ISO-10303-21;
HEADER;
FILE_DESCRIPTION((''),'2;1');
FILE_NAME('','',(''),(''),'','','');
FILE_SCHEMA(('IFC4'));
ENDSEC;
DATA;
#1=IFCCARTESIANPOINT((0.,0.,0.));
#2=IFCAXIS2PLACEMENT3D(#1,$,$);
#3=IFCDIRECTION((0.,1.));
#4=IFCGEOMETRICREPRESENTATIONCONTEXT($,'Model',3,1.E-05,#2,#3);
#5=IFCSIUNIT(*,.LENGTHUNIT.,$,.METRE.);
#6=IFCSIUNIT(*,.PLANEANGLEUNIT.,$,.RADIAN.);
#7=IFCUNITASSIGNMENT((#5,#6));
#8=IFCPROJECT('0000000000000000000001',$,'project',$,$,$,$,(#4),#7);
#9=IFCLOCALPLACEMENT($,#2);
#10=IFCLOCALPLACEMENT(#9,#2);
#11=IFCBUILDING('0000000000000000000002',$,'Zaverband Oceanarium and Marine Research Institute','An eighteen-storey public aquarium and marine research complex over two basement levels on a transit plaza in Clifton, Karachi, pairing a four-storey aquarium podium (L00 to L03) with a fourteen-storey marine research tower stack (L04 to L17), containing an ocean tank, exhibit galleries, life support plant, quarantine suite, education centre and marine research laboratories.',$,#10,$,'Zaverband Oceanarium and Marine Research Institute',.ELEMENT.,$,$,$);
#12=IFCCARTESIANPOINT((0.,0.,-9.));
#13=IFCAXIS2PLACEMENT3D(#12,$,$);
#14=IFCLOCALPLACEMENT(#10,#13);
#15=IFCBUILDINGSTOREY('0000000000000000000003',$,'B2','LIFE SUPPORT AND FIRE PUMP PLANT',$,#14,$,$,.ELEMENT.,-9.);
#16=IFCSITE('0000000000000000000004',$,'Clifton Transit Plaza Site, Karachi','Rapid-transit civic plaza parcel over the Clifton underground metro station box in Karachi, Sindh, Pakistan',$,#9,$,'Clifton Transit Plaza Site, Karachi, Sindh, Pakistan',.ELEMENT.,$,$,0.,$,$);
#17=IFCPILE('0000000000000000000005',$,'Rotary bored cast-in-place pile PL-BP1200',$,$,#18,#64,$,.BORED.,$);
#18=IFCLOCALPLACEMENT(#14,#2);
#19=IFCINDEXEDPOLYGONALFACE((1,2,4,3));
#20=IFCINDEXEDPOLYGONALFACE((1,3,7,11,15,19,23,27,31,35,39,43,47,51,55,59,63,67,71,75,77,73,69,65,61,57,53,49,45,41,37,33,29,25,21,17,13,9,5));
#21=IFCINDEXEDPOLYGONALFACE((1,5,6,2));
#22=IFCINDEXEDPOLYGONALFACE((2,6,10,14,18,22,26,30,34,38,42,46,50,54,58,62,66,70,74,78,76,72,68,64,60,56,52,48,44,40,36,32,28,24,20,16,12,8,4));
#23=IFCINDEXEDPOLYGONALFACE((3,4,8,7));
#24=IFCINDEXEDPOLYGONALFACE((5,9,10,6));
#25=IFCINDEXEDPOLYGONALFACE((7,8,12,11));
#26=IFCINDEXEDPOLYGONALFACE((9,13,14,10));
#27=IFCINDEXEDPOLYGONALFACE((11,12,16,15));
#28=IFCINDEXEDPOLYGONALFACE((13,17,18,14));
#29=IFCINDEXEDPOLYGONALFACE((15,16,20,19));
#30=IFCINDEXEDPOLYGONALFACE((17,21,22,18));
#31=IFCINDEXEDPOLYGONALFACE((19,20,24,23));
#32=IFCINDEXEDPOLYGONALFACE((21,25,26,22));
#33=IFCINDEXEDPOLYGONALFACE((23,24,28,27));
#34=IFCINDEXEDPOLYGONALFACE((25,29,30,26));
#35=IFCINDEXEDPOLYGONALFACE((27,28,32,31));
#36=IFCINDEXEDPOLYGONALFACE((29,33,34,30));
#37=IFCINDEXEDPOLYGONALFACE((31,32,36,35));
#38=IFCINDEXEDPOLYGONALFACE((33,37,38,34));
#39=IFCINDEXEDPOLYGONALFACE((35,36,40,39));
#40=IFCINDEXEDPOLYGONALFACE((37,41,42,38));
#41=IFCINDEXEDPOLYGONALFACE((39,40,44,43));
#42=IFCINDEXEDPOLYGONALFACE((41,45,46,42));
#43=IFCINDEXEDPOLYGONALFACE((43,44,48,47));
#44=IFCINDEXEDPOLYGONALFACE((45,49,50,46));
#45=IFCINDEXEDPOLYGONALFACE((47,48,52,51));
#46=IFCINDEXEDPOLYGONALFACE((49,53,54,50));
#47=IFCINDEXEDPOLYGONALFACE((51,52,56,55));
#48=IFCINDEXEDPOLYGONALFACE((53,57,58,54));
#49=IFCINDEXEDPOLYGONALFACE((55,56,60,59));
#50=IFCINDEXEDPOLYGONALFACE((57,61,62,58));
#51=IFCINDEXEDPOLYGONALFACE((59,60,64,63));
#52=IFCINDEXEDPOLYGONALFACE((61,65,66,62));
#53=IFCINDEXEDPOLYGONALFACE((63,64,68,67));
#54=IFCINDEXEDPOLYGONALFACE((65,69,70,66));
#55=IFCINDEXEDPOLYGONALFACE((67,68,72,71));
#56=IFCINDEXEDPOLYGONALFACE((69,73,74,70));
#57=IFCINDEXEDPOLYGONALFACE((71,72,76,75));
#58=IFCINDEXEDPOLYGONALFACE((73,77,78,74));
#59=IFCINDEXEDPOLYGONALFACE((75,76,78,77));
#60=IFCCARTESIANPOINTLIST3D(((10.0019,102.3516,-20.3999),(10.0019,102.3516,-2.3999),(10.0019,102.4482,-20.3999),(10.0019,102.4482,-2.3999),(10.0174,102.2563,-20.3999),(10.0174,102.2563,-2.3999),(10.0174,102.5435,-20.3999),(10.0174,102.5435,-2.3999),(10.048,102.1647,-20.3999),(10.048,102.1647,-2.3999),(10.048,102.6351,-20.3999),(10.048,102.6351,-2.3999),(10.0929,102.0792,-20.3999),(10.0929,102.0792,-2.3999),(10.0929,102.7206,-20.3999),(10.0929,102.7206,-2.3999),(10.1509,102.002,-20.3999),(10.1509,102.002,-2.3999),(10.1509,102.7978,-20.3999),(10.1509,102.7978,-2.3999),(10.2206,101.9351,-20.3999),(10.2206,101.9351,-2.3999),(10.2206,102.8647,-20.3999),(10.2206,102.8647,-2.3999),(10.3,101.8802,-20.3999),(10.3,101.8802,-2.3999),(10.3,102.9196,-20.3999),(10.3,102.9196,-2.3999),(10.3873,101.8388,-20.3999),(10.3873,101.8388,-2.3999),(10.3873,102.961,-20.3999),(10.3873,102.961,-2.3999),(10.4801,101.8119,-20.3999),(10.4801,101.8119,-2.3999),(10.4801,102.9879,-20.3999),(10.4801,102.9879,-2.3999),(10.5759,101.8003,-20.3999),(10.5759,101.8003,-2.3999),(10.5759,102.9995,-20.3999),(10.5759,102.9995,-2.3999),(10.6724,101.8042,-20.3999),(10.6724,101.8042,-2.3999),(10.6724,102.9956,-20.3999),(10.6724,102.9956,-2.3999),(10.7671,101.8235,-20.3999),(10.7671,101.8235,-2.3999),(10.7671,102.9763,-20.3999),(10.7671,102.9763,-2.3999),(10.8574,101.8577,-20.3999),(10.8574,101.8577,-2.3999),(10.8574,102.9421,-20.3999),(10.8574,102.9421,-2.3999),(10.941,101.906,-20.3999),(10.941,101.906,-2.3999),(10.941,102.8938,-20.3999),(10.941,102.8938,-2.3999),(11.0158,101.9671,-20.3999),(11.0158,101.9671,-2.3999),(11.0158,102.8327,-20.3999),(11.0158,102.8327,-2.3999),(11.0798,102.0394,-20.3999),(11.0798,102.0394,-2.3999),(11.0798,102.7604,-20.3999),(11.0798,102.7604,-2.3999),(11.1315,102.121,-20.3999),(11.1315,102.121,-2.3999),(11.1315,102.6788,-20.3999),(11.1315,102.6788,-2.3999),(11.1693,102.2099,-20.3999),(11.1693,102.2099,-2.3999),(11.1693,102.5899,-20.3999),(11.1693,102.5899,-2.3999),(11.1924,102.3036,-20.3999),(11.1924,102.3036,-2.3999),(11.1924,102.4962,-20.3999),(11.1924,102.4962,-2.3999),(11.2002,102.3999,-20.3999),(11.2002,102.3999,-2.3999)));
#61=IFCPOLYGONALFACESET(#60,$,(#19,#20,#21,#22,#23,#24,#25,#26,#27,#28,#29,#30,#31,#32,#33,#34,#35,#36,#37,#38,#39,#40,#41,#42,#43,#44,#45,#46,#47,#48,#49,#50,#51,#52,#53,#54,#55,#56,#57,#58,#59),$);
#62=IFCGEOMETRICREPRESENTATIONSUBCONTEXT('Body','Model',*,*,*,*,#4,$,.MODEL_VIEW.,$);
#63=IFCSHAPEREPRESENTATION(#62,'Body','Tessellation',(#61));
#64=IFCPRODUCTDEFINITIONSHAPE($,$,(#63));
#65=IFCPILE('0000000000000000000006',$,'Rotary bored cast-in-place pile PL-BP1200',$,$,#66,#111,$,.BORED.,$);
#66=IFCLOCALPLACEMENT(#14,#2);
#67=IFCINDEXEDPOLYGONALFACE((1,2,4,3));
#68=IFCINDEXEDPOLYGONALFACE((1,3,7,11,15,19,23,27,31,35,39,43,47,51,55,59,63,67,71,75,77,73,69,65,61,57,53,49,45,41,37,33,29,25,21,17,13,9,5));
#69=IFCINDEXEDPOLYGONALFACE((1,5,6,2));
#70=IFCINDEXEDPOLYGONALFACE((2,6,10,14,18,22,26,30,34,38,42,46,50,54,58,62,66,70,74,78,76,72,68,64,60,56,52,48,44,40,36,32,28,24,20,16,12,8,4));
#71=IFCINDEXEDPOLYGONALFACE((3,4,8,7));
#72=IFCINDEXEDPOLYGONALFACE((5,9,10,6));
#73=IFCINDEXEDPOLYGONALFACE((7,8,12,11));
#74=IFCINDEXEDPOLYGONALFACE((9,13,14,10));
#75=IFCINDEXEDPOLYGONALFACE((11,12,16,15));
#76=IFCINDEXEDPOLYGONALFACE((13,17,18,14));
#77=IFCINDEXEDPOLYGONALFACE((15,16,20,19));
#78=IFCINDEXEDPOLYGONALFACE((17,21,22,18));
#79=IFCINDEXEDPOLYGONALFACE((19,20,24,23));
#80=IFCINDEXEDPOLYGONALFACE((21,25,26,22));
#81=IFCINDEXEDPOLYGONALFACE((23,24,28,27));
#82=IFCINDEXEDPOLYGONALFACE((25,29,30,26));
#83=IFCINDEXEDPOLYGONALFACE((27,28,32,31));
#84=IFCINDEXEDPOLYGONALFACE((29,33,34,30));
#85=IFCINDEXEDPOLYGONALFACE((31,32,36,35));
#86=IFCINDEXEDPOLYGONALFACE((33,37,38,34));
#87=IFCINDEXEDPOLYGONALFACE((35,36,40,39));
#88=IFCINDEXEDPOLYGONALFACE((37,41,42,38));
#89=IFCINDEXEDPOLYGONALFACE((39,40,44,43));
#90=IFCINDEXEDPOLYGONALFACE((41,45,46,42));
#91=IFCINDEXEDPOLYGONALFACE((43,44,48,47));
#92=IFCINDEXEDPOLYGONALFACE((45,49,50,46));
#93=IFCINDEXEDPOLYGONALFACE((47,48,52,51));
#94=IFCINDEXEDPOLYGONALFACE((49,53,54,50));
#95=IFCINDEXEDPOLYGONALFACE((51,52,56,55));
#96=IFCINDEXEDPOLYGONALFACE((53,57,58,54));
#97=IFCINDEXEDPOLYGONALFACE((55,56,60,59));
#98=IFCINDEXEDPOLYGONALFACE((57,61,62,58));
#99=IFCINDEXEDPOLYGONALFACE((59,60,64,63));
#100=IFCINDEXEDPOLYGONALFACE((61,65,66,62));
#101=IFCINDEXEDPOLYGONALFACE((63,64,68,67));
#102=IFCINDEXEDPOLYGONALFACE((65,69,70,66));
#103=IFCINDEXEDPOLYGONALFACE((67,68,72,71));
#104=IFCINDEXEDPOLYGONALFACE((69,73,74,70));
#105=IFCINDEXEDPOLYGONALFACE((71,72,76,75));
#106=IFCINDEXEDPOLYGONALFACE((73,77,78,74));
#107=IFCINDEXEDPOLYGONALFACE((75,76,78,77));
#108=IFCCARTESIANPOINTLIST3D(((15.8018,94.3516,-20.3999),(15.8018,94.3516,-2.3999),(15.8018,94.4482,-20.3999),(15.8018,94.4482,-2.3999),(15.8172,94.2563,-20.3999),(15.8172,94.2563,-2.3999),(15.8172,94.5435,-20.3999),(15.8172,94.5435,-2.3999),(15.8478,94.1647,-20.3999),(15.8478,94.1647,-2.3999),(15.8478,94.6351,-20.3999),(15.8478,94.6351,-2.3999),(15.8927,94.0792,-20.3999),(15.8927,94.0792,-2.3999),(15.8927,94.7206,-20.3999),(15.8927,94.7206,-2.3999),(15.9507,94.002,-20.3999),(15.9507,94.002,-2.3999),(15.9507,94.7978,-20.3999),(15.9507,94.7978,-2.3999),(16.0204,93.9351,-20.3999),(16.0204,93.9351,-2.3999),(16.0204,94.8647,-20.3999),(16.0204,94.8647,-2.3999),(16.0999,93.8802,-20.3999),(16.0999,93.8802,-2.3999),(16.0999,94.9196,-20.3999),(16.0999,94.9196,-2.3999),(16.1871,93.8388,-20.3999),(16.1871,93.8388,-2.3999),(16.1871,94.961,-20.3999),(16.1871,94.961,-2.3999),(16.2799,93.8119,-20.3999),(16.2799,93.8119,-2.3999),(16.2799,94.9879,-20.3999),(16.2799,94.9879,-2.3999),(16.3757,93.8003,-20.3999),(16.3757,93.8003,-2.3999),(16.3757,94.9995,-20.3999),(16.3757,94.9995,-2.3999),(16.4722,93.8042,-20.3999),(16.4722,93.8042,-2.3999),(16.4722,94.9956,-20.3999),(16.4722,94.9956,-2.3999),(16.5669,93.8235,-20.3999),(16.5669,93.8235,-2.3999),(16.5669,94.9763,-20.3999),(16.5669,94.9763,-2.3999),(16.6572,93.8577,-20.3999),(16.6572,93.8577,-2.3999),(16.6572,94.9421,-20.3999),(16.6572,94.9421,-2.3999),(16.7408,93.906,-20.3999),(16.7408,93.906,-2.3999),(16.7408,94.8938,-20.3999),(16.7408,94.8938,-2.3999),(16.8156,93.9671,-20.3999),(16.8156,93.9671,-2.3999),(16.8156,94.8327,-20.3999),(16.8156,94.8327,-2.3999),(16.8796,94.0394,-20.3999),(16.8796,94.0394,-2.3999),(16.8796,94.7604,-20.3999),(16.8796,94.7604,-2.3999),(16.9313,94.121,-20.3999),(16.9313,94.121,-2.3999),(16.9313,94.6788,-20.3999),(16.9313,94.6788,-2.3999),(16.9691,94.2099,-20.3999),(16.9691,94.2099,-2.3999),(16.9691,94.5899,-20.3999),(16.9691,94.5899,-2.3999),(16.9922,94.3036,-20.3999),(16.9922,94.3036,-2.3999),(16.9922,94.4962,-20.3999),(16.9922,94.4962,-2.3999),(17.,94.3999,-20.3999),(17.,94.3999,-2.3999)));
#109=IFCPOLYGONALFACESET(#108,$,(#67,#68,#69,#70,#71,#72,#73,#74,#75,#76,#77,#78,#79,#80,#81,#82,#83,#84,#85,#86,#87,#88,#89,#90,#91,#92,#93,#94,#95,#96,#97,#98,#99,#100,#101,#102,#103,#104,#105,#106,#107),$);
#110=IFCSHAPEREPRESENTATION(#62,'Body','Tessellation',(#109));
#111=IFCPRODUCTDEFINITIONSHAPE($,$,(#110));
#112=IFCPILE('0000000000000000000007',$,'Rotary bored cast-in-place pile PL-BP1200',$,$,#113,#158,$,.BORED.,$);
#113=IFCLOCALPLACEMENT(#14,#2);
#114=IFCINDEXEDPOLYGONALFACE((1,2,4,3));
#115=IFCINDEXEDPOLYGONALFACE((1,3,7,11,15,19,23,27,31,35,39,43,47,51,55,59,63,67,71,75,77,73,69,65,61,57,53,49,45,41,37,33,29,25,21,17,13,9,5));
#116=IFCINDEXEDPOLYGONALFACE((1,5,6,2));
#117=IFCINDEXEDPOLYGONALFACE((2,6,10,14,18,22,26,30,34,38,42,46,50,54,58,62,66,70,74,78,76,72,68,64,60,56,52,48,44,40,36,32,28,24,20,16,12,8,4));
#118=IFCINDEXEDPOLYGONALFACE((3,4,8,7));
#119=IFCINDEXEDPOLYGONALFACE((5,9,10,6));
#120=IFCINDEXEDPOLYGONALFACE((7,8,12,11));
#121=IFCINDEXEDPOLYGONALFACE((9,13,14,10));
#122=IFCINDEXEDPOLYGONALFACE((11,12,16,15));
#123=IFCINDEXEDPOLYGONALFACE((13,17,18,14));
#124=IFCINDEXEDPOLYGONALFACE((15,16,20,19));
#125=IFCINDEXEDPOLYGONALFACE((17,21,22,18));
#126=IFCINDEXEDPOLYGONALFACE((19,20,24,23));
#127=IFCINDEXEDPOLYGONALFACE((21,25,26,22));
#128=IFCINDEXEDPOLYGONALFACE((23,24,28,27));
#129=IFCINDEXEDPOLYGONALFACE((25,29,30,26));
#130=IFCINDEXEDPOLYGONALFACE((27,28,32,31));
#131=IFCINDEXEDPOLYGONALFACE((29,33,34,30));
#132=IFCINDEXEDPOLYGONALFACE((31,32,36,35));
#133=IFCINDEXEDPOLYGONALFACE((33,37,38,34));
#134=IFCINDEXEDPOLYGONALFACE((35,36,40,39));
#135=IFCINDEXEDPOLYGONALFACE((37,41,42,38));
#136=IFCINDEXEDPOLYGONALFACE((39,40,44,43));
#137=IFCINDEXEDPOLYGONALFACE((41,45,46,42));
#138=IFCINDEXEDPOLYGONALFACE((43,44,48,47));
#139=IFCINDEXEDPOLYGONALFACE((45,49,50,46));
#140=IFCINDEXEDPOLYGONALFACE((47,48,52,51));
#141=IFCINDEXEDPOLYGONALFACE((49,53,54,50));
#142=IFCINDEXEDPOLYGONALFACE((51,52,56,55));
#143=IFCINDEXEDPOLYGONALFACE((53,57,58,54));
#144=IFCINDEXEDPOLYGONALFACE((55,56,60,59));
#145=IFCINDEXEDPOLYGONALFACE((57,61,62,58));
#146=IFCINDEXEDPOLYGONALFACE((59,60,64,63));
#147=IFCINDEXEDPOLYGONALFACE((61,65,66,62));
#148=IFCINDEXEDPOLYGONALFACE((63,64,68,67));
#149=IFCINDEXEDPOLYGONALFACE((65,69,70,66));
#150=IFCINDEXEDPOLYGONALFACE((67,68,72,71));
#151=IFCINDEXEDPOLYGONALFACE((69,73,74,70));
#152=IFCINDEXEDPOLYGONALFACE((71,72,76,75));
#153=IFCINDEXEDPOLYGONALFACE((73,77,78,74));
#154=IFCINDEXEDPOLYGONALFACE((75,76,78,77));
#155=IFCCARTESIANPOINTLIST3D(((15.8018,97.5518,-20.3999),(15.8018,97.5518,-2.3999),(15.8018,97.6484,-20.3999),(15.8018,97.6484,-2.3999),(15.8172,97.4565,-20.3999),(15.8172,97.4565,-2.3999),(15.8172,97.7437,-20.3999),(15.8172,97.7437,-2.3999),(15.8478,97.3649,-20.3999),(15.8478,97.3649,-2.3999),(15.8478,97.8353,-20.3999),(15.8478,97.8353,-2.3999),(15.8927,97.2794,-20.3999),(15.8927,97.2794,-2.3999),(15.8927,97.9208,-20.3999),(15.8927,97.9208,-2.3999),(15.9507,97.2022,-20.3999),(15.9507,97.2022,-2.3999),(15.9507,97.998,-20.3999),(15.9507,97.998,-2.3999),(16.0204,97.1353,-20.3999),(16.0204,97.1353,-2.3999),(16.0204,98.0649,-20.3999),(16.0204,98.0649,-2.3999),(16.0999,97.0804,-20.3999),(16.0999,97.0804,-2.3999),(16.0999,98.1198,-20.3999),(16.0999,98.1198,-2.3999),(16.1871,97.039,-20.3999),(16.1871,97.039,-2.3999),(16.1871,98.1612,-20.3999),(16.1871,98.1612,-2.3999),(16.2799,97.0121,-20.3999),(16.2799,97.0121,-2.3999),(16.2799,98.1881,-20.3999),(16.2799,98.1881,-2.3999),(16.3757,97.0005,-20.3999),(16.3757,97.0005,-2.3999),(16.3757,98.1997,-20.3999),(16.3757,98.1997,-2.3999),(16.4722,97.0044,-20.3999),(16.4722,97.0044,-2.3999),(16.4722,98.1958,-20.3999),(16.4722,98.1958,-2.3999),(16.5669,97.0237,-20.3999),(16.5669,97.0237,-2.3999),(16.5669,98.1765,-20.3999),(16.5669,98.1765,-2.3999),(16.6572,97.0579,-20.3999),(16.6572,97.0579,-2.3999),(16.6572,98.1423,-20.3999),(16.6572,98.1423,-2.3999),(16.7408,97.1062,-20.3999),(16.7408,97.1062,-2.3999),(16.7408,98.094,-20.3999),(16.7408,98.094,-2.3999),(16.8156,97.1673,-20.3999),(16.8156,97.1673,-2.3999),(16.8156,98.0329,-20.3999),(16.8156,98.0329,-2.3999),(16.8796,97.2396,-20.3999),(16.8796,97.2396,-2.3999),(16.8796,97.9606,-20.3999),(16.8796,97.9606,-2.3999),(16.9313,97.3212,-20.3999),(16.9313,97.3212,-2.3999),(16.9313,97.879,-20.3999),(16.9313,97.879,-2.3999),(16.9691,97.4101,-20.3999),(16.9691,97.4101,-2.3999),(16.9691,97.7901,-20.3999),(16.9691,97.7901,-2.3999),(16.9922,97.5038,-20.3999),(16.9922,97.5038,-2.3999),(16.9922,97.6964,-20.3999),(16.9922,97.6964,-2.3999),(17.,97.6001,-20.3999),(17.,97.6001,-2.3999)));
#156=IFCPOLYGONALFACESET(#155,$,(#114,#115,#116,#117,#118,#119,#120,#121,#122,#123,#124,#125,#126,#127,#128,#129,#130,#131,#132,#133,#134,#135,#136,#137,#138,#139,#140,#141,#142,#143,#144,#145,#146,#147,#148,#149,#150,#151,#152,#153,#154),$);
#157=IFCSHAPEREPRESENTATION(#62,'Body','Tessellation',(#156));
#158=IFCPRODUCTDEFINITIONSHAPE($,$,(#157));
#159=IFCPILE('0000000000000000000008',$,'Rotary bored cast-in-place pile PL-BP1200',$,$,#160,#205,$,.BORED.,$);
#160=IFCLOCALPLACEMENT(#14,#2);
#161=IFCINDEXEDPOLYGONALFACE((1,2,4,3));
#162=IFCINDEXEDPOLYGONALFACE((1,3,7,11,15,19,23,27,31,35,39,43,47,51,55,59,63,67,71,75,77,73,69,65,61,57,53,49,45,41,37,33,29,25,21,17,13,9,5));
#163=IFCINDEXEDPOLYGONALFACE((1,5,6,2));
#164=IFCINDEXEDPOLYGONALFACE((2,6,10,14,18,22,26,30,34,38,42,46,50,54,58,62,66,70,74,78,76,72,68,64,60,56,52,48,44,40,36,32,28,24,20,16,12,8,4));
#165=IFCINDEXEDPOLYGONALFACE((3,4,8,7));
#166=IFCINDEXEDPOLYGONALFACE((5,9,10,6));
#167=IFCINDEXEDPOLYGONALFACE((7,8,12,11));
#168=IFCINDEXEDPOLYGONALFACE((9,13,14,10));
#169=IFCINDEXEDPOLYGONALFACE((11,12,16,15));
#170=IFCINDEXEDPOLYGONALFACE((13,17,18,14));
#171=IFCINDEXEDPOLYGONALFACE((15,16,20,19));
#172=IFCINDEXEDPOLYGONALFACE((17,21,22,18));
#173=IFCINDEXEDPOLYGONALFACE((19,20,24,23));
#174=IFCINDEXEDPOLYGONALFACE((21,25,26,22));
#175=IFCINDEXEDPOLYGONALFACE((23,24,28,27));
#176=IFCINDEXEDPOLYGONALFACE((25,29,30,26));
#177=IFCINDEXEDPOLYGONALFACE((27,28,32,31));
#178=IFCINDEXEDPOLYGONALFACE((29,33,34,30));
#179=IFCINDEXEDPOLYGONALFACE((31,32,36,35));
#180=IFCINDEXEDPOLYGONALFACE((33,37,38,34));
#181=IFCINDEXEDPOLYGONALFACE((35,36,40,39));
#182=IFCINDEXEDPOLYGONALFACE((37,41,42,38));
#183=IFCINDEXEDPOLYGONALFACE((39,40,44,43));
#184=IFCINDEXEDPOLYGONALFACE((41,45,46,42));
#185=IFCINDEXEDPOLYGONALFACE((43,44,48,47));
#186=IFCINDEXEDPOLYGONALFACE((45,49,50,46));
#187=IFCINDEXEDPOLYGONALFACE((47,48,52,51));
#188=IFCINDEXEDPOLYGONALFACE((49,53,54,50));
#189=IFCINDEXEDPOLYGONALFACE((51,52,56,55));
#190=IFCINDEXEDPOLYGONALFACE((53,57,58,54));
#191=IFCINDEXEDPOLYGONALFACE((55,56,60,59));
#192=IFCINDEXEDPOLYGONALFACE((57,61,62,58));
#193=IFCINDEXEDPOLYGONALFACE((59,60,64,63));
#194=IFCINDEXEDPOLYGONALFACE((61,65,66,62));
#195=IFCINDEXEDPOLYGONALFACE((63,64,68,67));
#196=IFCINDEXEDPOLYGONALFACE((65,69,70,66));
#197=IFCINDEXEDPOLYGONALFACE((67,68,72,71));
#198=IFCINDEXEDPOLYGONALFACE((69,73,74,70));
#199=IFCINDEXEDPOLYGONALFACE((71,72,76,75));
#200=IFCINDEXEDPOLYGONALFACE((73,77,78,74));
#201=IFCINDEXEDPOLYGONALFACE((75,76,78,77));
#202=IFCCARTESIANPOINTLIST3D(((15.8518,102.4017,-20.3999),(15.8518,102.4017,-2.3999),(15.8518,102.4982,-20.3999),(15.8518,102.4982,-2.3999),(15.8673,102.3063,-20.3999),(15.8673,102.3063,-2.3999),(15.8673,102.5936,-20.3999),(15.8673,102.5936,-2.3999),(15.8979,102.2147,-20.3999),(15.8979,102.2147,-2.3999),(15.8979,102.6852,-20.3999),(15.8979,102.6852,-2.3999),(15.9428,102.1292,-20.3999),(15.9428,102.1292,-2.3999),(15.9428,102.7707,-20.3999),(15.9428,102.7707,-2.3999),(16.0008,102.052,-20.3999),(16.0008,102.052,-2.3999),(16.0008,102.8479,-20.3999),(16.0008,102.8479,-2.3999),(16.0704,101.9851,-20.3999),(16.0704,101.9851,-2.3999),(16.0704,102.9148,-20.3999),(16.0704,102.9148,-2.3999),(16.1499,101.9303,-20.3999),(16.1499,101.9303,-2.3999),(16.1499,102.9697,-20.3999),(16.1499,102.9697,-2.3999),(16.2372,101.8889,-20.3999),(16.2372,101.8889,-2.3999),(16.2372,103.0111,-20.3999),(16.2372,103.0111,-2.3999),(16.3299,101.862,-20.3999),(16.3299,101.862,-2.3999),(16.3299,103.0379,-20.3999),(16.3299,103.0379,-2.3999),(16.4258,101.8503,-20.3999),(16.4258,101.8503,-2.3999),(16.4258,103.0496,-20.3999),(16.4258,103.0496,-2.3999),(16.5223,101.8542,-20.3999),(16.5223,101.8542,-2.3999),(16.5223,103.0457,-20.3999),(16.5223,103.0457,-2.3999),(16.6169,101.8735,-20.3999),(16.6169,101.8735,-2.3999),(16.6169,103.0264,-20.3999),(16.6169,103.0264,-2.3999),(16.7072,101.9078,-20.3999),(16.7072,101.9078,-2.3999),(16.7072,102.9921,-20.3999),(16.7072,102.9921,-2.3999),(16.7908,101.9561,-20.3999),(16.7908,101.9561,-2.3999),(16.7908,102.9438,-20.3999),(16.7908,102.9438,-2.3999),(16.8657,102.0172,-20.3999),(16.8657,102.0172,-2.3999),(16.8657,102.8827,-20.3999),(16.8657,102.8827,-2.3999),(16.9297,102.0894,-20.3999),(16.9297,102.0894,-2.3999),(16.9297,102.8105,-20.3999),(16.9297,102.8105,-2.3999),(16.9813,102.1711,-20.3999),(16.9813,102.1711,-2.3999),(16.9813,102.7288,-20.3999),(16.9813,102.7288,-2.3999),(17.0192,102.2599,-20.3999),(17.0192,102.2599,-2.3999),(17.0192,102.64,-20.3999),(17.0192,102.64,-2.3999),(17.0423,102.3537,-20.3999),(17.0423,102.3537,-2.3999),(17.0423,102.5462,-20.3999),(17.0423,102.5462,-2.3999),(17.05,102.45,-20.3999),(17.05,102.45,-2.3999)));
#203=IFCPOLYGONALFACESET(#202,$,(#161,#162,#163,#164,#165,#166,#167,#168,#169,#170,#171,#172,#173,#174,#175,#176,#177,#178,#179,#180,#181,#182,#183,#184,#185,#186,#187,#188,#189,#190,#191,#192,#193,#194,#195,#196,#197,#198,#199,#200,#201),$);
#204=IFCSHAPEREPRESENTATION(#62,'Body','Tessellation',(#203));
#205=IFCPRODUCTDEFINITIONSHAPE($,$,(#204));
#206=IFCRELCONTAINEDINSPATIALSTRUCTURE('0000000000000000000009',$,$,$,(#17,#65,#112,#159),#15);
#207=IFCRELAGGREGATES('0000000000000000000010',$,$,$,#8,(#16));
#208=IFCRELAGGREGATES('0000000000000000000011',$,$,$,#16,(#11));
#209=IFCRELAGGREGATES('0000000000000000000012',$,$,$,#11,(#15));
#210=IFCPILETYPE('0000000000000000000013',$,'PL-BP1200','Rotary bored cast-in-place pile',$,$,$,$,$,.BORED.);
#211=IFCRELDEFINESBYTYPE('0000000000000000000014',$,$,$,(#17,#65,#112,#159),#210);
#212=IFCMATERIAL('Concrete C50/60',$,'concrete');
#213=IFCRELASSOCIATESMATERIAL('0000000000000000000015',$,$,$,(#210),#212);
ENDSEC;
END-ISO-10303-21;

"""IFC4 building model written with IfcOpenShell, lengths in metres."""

from ifc_helpers import new_model, si_unit, direction, frame, origin, origin_2d, place, context, subcontext, project, spatial, circle, extrude, material, material_profile, profile_set, type_object, element, save


model = new_model("IFC4")

# Units and contexts
model_context = context("Model", 3, precision=1e-05, world=origin(), true_north=direction((0.0, 1.0)))
body_context = subcontext(model_context, "Body", "Model", "MODEL_VIEW")
ifc_project = project(units=[si_unit("LENGTHUNIT", "METRE"), si_unit("PLANEANGLEUNIT", "RADIAN")], contexts=[model_context])

# Site, building, storey
site_placement = place(None, origin())
site = spatial("IfcSite", under=ifc_project, at=site_placement, Name="Clifton Transit Plaza Site, Karachi", Description="Rapid-transit civic plaza parcel over the Clifton underground metro station box in Karachi, Sindh, Pakistan", LongName="Clifton Transit Plaza Site, Karachi, Sindh, Pakistan", CompositionType="ELEMENT", RefElevation=0.0)
building_placement = place(site_placement, origin())
building = spatial("IfcBuilding", under=site, at=building_placement, Name="Zaverband Oceanarium and Marine Research Institute", Description="An eighteen-storey public aquarium and marine research complex over two basement levels on a transit plaza in Clifton, Karachi, pairing a four-storey aquarium podium (L00 to L03) with a fourteen-storey marine research tower stack (L04 to L17), containing an ocean tank, exhibit galleries, life support plant, quarantine suite, education centre and marine research laboratories.", LongName="Zaverband Oceanarium and Marine Research Institute", CompositionType="ELEMENT")
storey_placement = place(building_placement, frame((0.0, 0.0, -9.0)))
storey = spatial("IfcBuildingStorey", under=building, at=storey_placement, Name="B2", Description="LIFE SUPPORT AND FIRE PUMP PLANT", CompositionType="ELEMENT", Elevation=-9.0)

# Shared definitions
ifc_material_1 = material(Name="Concrete C50/60", Category="concrete")

# Piles
ifc_material_profile_1 = material_profile(ifc_material_1, circle(Radius=0.6001, at=origin_2d()), Name="BP1200")
ifc_profile_set_1 = profile_set([ifc_material_profile_1], Name="Concrete C50/60")
pile_type = type_object("IfcPileType", Name="PL-BP1200", Description="Rotary bored cast-in-place pile", PredefinedType="BORED", material=ifc_profile_set_1)
for number, where, z_axis, x_axis, name in (
    (1, (10.6001, 102.3999, -2.3999), (0.0, 0.0, -1.0), (1.0, 0.0, 0.0), "Rotary bored cast-in-place pile PL-BP1200"),
    (2, (16.3999, 94.3999, -2.3999), (0.0, 0.0, -1.0), (1.0, 0.0, 0.0), "Rotary bored cast-in-place pile PL-BP1200"),
    (3, (16.3999, 97.6001, -2.3999), (0.0, 0.0, -1.0), (1.0, 0.0, 0.0), "Rotary bored cast-in-place pile PL-BP1200"),
    (4, (16.45, 102.45, -2.3999), (0.0, 0.0, -1.0), (1.0, 0.0, 0.0), "Rotary bored cast-in-place pile PL-BP1200"),
):
    element("IfcPile", number, at=place(storey_placement, frame(where, z_axis=z_axis, x_axis=x_axis)), inside=storey, type_object=pile_type, Name=name, PredefinedType="BORED", context=body_context, shape_type="SweptSolid", body=[
        extrude(circle(Radius=0.6001, at=origin_2d()), origin(), (0.0, 0.0, 1.0), 18.0),
    ])

save(model, "model.ifc")
